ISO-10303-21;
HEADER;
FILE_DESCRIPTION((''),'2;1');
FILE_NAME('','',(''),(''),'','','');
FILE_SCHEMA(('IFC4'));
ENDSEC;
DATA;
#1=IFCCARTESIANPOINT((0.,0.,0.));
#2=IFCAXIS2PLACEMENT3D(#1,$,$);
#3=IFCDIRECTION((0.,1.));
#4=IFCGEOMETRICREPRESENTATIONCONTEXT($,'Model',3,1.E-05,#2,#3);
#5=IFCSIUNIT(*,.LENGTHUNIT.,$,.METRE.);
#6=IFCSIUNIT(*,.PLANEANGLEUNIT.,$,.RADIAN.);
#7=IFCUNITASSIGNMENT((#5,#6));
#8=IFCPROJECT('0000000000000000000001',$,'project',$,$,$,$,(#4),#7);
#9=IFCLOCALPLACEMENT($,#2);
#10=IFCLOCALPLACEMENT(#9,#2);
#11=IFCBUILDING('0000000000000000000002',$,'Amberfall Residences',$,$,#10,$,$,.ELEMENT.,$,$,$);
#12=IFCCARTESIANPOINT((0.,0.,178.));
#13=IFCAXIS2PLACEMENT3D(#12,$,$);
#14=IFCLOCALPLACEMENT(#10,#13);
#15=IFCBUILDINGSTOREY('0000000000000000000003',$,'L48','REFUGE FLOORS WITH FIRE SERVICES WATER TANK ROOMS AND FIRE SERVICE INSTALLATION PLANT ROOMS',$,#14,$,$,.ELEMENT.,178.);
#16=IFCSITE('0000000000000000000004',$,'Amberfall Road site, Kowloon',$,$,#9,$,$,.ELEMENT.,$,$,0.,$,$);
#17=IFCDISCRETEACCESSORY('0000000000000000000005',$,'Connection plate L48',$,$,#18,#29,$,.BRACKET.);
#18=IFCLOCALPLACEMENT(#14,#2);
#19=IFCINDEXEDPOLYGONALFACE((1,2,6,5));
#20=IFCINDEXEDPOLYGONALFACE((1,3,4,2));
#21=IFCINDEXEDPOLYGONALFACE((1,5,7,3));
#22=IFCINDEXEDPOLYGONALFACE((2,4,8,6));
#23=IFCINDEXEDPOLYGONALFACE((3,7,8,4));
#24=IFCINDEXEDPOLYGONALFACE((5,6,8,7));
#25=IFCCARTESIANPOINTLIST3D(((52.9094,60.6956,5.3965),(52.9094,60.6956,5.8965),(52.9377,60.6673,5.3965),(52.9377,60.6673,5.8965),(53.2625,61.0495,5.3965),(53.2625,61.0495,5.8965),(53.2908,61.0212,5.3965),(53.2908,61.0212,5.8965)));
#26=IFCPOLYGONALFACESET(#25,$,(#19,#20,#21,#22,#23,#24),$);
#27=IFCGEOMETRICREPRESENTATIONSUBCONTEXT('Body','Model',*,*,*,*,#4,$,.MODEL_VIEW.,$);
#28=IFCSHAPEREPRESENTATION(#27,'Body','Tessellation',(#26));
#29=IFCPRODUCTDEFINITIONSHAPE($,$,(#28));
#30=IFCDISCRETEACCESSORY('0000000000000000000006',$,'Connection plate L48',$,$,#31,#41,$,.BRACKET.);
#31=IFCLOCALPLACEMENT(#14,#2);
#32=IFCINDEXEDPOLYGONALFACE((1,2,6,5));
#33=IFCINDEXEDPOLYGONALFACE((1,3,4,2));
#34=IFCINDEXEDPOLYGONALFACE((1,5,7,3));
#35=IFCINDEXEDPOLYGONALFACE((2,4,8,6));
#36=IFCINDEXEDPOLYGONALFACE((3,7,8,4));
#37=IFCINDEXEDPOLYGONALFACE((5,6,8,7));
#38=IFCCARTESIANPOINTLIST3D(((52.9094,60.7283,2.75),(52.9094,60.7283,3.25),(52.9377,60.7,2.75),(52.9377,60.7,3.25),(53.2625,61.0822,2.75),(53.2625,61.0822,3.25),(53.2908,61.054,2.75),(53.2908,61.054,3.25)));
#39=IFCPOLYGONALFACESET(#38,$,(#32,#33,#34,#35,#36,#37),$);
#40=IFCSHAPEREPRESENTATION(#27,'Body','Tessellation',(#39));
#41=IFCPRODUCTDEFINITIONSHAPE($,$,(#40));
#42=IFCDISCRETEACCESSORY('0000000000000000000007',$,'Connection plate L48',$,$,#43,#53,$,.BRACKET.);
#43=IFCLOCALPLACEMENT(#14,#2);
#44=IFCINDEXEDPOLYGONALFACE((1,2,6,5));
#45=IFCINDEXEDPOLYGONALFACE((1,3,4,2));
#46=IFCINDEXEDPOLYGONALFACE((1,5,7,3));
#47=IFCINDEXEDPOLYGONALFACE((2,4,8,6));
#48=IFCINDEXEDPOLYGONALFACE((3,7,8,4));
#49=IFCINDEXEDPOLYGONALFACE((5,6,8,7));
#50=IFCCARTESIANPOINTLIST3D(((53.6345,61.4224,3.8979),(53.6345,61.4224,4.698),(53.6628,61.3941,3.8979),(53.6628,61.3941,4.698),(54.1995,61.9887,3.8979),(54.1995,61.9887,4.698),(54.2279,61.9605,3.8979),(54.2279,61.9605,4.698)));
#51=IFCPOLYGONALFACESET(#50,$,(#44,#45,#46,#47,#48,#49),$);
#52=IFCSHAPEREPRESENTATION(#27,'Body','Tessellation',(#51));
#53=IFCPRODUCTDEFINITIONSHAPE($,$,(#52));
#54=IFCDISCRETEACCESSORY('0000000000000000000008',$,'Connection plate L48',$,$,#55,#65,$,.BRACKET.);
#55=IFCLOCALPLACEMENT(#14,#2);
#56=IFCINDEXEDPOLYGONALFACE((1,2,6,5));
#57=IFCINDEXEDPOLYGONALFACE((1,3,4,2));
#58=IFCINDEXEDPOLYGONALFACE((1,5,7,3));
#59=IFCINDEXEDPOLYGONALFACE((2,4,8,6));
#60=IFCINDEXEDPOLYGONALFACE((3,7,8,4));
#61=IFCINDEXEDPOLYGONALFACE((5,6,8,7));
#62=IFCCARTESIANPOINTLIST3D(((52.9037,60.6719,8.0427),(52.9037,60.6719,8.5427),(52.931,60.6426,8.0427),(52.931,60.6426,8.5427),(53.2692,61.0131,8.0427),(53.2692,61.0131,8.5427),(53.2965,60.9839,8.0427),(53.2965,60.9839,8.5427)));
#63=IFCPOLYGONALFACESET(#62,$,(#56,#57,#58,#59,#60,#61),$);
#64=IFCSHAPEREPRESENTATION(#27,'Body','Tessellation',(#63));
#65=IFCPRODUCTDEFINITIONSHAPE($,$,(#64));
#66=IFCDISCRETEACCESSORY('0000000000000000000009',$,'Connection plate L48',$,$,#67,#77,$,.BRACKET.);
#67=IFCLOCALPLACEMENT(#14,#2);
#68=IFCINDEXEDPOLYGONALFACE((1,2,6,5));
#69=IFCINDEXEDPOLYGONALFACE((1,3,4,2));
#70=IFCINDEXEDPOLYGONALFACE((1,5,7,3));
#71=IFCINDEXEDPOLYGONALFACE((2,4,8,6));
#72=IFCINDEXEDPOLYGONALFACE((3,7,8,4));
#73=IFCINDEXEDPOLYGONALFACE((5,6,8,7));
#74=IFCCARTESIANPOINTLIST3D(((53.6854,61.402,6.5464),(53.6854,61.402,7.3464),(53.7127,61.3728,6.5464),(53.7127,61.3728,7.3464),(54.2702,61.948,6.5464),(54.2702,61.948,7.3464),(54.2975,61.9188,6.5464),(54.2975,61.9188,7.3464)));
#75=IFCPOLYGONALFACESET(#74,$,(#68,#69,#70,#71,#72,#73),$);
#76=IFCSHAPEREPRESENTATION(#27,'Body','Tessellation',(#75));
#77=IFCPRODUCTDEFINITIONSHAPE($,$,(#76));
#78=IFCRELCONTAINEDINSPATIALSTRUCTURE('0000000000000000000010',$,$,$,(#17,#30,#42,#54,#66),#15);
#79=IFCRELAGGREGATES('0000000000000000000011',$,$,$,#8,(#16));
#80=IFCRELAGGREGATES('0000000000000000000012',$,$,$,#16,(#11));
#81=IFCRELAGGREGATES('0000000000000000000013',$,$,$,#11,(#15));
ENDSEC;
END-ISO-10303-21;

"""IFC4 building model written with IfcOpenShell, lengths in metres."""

from ifc_helpers import new_model, si_unit, direction, frame, origin, origin_2d, place, context, subcontext, project, spatial, rectangle, extrude, element, save


model = new_model("IFC4")

# Units and contexts
model_context = context("Model", 3, precision=1e-05, world=origin(), true_north=direction((0.0, 1.0)))
body_context = subcontext(model_context, "Body", "Model", "MODEL_VIEW")
ifc_project = project(units=[si_unit("LENGTHUNIT", "METRE"), si_unit("PLANEANGLEUNIT", "RADIAN")], contexts=[model_context])

# Site, building, storey
site_placement = place(None, origin())
site = spatial("IfcSite", under=ifc_project, at=site_placement, Name="Amberfall Road site, Kowloon", CompositionType="ELEMENT", RefElevation=0.0)
building_placement = place(site_placement, origin())
building = spatial("IfcBuilding", under=site, at=building_placement, Name="Amberfall Residences", CompositionType="ELEMENT")
storey_placement = place(building_placement, frame((0.0, 0.0, 178.0)))
storey = spatial("IfcBuildingStorey", under=building, at=storey_placement, Name="L48", Description="REFUGE FLOORS WITH FIRE SERVICES WATER TANK ROOMS AND FIRE SERVICE INSTALLATION PLANT ROOMS", CompositionType="ELEMENT", Elevation=178.0)

# Discrete accessories
for number, where, z_axis, x_axis, name in (
    (1, (53.1001, 60.8584, 5.3965), (0.0, 0.0, 1.0), (-0.706279, -0.707933, 0.0), "Connection plate L48"),
    (2, (53.1001, 60.8911, 2.75), (0.0, 0.0, 1.0), (-0.706279, -0.707933, 0.0), "Connection plate L48"),
):
    element("IfcDiscreteAccessory", number, at=place(storey_placement, frame(where, z_axis=z_axis, x_axis=x_axis)), inside=storey, Name=name, PredefinedType="BRACKET", context=body_context, shape_type="SweptSolid", body=[
        extrude(rectangle(XDim=0.5, YDim=0.04, at=origin_2d()), origin(), (0.0, 0.0, 1.0), 0.5),
    ])
discrete_accessory_1_placement = place(storey_placement, frame((53.9312, 61.6914, 3.8979), z_axis=(0.0, 0.0, 1.0), x_axis=(-0.706279, -0.707933, 0.0)))
element("IfcDiscreteAccessory", 3, at=discrete_accessory_1_placement, inside=storey, Name="Connection plate L48", PredefinedType="BRACKET", context=body_context, shape_type="SweptSolid", body=[
    extrude(rectangle(XDim=0.8, YDim=0.04, at=origin_2d()), origin(), (0.0, 0.0, 1.0), 0.8),
])
discrete_accessory_2_placement = place(storey_placement, frame((53.1001, 60.8279, 8.0427), z_axis=(0.0, 0.0, 1.0), x_axis=(-0.730889, -0.682496, 0.0)))
element("IfcDiscreteAccessory", 4, at=discrete_accessory_2_placement, inside=storey, Name="Connection plate L48", PredefinedType="BRACKET", context=body_context, shape_type="SweptSolid", body=[
    extrude(rectangle(XDim=0.5, YDim=0.04, at=origin_2d()), origin(), (0.0, 0.0, 1.0), 0.5),
])
discrete_accessory_3_placement = place(storey_placement, frame((53.9915, 61.6604, 6.5464), z_axis=(0.0, 0.0, 1.0), x_axis=(-0.730889, -0.682496, 0.0)))
element("IfcDiscreteAccessory", 5, at=discrete_accessory_3_placement, inside=storey, Name="Connection plate L48", PredefinedType="BRACKET", context=body_context, shape_type="SweptSolid", body=[
    extrude(rectangle(XDim=0.8, YDim=0.04, at=origin_2d()), origin(), (0.0, 0.0, 1.0), 0.8),
])

save(model, "model.ifc")
